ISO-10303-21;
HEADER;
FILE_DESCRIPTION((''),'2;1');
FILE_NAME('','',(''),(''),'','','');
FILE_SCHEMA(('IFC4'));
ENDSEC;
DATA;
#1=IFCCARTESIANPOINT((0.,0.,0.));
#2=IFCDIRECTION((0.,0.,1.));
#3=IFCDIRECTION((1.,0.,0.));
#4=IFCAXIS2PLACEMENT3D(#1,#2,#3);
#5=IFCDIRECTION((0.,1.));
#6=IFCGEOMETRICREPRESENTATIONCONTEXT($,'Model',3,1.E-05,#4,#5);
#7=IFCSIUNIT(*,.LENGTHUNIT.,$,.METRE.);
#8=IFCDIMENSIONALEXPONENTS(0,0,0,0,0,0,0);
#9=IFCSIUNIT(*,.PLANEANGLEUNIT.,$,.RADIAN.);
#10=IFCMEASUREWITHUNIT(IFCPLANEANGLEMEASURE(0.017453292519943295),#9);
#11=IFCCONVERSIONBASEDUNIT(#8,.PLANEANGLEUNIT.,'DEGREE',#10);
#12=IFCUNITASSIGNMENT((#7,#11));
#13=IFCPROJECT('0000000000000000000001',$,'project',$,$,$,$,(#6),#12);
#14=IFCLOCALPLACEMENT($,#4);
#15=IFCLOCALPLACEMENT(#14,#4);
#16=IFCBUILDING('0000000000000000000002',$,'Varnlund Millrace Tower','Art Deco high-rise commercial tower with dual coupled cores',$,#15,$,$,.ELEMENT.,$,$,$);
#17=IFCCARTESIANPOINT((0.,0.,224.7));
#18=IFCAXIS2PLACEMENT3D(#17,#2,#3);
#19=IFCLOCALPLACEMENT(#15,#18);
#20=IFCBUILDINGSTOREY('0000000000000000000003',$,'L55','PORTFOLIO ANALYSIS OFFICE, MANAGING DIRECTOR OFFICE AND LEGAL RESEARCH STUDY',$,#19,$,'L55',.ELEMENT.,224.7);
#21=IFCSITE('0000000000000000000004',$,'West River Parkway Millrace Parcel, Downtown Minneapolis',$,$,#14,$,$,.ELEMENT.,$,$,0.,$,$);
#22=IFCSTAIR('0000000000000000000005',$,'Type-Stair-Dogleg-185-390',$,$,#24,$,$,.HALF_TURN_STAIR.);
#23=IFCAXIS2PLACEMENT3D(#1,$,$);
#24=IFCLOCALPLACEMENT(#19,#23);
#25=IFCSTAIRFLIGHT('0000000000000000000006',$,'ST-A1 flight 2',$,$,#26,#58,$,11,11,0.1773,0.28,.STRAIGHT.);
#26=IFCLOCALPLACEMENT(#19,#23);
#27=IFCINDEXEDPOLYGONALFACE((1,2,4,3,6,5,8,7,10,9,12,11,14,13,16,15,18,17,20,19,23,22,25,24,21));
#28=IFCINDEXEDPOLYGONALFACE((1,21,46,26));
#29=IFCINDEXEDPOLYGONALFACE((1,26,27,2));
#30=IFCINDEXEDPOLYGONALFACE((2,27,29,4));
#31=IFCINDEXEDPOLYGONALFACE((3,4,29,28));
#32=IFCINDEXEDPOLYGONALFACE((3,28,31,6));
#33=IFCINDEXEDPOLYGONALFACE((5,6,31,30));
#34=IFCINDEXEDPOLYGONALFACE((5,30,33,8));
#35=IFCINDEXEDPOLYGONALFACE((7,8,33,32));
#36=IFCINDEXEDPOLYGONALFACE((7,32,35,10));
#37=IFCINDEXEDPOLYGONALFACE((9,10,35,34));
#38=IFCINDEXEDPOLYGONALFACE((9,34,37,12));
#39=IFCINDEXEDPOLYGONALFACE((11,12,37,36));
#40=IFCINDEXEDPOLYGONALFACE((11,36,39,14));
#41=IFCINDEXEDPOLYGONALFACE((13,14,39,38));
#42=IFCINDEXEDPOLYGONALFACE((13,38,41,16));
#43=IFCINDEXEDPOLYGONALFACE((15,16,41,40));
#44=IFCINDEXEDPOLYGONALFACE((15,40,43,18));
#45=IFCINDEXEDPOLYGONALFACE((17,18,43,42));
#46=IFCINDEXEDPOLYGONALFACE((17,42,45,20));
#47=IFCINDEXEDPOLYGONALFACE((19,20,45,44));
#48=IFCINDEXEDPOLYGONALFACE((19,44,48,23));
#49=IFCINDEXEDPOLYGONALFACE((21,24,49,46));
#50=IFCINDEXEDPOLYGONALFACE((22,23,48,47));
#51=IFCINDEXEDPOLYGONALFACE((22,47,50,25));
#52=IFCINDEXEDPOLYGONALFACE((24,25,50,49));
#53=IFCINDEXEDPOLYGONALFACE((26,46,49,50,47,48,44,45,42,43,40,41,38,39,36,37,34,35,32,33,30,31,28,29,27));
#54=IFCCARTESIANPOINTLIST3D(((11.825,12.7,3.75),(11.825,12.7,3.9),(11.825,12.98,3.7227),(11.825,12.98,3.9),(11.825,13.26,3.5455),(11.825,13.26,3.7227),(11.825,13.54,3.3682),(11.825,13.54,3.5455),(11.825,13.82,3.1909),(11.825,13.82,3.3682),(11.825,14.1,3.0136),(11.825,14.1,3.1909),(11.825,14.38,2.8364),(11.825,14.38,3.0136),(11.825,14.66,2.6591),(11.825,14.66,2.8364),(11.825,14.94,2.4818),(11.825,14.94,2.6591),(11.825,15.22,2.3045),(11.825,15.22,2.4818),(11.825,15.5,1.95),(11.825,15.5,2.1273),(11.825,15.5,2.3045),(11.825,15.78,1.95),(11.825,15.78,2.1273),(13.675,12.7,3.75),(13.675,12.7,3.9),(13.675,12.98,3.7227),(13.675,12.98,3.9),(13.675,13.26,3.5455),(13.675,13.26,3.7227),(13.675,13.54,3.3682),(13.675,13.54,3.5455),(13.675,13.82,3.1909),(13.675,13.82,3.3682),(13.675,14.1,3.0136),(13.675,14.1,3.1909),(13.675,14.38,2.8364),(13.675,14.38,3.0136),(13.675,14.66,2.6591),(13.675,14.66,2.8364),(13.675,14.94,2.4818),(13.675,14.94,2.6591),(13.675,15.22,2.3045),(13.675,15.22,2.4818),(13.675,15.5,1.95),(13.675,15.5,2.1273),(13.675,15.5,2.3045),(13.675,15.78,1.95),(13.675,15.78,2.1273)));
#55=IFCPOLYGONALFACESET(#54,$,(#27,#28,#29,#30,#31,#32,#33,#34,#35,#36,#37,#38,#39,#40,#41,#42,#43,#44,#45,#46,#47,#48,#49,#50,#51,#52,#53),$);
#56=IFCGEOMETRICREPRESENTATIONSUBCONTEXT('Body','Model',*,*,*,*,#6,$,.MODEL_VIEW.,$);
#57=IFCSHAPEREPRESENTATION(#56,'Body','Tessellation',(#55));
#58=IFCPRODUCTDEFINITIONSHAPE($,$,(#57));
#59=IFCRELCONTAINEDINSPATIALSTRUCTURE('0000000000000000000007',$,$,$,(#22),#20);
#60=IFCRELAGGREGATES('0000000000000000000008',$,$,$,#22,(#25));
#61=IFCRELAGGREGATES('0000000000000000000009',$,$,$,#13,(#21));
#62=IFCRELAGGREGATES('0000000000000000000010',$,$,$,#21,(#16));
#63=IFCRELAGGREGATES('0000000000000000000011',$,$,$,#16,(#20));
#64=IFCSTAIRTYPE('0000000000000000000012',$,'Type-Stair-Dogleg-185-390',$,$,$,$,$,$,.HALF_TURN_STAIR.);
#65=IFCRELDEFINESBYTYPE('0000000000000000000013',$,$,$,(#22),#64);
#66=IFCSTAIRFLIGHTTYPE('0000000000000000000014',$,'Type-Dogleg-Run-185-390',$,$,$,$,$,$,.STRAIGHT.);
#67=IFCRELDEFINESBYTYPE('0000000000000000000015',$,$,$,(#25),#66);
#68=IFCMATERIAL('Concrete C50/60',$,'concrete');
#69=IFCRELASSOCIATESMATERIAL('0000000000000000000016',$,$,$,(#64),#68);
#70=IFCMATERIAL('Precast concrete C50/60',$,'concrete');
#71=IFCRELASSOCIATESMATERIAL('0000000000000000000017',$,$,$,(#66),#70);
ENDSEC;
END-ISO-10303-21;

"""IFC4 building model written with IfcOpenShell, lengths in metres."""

from ifc_helpers import new_model, entity, si_unit, converted_unit, direction, frame, origin_with_axes, place, context, subcontext, project, spatial, polyline, outline, extrude, material, type_object, element, aggregate, save


model = new_model("IFC4")

# Units and contexts
model_context = context("Model", 3, precision=1e-05, world=origin_with_axes(), true_north=direction((0.0, 1.0)))
body_context = subcontext(model_context, "Body", "Model", "MODEL_VIEW")
ifc_project = project(units=[si_unit("LENGTHUNIT", "METRE"), converted_unit("PLANEANGLEUNIT", "DEGREE", entity("IfcPlaneAngleMeasure", 0.017453292519943295), si_unit("PLANEANGLEUNIT", "RADIAN"), dimensions=[0, 0, 0, 0, 0, 0, 0])], contexts=[model_context])

# Site, building, storey
site_placement = place(None, origin_with_axes())
site = spatial("IfcSite", under=ifc_project, at=site_placement, Name="West River Parkway Millrace Parcel, Downtown Minneapolis", CompositionType="ELEMENT", RefElevation=0.0)
building_placement = place(site_placement, origin_with_axes())
building = spatial("IfcBuilding", under=site, at=building_placement, Name="Varnlund Millrace Tower", Description="Art Deco high-rise commercial tower with dual coupled cores", CompositionType="ELEMENT")
storey_placement = place(building_placement, frame((0.0, 0.0, 224.7), z_axis=(0.0, 0.0, 1.0), x_axis=(1.0, 0.0, 0.0)))
storey = spatial("IfcBuildingStorey", under=building, at=storey_placement, Name="L55", Description="PORTFOLIO ANALYSIS OFFICE, MANAGING DIRECTOR OFFICE AND LEGAL RESEARCH STUDY", LongName="L55", CompositionType="ELEMENT", Elevation=224.7)

# Stair
ifc_material_1 = material(Name="Concrete C50/60", Category="concrete")
stair_type_1 = type_object("IfcStairType", Name="Type-Stair-Dogleg-185-390", PredefinedType="HALF_TURN_STAIR", material=ifc_material_1)
stair_1_placement = place(storey_placement, origin_with_axes())
stair_1 = element("IfcStair", 1, at=stair_1_placement, inside=storey, type_object=stair_type_1, Name="Type-Stair-Dogleg-185-390", PredefinedType="HALF_TURN_STAIR")

# Shared definitions
ifc_material_2 = material(Name="Precast concrete C50/60", Category="concrete")

# Stair flight
stair_flight_type = type_object("IfcStairFlightType", Name="Type-Dogleg-Run-185-390", PredefinedType="STRAIGHT", material=ifc_material_2)
stair_flight_placement = place(storey_placement, frame((13.675, 15.78, 1.95), z_axis=(-1.0, 0.0, 0.0), x_axis=(0.0, -1.0, 0.0)))
stair_flight = element("IfcStairFlight", 2, at=stair_flight_placement, type_object=stair_flight_type, Name="ST-A1 flight 2", NumberOfRisers=11, NumberOfTreads=11, PredefinedType="STRAIGHT", RiserHeight=0.1773, TreadLength=0.28, context=body_context, shape_type="SweptSolid", body=[
    extrude(outline(polyline([(0.0, 0.0), (0.0, 0.1773), (0.28, 0.1773), (0.28, 0.3545), (0.56, 0.3545), (0.56, 0.5318), (0.84, 0.5318), (0.84, 0.7091), (1.12, 0.7091), (1.12, 0.8864), (1.4, 0.8864), (1.4, 1.0636), (1.68, 1.0636), (1.68, 1.2409), (1.96, 1.2409), (1.96, 1.4182), (2.24, 1.4182), (2.24, 1.5955), (2.52, 1.5955), (2.52, 1.7727), (2.8, 1.7727), (2.8, 1.95), (3.08, 1.95), (3.08, 1.8), (0.28, 0.0), (0.0, 0.0)])), origin_with_axes(), (0.0, 0.0, 1.0), 1.85),
])
aggregate(stair_1, [stair_flight])

save(model, "model.ifc")
